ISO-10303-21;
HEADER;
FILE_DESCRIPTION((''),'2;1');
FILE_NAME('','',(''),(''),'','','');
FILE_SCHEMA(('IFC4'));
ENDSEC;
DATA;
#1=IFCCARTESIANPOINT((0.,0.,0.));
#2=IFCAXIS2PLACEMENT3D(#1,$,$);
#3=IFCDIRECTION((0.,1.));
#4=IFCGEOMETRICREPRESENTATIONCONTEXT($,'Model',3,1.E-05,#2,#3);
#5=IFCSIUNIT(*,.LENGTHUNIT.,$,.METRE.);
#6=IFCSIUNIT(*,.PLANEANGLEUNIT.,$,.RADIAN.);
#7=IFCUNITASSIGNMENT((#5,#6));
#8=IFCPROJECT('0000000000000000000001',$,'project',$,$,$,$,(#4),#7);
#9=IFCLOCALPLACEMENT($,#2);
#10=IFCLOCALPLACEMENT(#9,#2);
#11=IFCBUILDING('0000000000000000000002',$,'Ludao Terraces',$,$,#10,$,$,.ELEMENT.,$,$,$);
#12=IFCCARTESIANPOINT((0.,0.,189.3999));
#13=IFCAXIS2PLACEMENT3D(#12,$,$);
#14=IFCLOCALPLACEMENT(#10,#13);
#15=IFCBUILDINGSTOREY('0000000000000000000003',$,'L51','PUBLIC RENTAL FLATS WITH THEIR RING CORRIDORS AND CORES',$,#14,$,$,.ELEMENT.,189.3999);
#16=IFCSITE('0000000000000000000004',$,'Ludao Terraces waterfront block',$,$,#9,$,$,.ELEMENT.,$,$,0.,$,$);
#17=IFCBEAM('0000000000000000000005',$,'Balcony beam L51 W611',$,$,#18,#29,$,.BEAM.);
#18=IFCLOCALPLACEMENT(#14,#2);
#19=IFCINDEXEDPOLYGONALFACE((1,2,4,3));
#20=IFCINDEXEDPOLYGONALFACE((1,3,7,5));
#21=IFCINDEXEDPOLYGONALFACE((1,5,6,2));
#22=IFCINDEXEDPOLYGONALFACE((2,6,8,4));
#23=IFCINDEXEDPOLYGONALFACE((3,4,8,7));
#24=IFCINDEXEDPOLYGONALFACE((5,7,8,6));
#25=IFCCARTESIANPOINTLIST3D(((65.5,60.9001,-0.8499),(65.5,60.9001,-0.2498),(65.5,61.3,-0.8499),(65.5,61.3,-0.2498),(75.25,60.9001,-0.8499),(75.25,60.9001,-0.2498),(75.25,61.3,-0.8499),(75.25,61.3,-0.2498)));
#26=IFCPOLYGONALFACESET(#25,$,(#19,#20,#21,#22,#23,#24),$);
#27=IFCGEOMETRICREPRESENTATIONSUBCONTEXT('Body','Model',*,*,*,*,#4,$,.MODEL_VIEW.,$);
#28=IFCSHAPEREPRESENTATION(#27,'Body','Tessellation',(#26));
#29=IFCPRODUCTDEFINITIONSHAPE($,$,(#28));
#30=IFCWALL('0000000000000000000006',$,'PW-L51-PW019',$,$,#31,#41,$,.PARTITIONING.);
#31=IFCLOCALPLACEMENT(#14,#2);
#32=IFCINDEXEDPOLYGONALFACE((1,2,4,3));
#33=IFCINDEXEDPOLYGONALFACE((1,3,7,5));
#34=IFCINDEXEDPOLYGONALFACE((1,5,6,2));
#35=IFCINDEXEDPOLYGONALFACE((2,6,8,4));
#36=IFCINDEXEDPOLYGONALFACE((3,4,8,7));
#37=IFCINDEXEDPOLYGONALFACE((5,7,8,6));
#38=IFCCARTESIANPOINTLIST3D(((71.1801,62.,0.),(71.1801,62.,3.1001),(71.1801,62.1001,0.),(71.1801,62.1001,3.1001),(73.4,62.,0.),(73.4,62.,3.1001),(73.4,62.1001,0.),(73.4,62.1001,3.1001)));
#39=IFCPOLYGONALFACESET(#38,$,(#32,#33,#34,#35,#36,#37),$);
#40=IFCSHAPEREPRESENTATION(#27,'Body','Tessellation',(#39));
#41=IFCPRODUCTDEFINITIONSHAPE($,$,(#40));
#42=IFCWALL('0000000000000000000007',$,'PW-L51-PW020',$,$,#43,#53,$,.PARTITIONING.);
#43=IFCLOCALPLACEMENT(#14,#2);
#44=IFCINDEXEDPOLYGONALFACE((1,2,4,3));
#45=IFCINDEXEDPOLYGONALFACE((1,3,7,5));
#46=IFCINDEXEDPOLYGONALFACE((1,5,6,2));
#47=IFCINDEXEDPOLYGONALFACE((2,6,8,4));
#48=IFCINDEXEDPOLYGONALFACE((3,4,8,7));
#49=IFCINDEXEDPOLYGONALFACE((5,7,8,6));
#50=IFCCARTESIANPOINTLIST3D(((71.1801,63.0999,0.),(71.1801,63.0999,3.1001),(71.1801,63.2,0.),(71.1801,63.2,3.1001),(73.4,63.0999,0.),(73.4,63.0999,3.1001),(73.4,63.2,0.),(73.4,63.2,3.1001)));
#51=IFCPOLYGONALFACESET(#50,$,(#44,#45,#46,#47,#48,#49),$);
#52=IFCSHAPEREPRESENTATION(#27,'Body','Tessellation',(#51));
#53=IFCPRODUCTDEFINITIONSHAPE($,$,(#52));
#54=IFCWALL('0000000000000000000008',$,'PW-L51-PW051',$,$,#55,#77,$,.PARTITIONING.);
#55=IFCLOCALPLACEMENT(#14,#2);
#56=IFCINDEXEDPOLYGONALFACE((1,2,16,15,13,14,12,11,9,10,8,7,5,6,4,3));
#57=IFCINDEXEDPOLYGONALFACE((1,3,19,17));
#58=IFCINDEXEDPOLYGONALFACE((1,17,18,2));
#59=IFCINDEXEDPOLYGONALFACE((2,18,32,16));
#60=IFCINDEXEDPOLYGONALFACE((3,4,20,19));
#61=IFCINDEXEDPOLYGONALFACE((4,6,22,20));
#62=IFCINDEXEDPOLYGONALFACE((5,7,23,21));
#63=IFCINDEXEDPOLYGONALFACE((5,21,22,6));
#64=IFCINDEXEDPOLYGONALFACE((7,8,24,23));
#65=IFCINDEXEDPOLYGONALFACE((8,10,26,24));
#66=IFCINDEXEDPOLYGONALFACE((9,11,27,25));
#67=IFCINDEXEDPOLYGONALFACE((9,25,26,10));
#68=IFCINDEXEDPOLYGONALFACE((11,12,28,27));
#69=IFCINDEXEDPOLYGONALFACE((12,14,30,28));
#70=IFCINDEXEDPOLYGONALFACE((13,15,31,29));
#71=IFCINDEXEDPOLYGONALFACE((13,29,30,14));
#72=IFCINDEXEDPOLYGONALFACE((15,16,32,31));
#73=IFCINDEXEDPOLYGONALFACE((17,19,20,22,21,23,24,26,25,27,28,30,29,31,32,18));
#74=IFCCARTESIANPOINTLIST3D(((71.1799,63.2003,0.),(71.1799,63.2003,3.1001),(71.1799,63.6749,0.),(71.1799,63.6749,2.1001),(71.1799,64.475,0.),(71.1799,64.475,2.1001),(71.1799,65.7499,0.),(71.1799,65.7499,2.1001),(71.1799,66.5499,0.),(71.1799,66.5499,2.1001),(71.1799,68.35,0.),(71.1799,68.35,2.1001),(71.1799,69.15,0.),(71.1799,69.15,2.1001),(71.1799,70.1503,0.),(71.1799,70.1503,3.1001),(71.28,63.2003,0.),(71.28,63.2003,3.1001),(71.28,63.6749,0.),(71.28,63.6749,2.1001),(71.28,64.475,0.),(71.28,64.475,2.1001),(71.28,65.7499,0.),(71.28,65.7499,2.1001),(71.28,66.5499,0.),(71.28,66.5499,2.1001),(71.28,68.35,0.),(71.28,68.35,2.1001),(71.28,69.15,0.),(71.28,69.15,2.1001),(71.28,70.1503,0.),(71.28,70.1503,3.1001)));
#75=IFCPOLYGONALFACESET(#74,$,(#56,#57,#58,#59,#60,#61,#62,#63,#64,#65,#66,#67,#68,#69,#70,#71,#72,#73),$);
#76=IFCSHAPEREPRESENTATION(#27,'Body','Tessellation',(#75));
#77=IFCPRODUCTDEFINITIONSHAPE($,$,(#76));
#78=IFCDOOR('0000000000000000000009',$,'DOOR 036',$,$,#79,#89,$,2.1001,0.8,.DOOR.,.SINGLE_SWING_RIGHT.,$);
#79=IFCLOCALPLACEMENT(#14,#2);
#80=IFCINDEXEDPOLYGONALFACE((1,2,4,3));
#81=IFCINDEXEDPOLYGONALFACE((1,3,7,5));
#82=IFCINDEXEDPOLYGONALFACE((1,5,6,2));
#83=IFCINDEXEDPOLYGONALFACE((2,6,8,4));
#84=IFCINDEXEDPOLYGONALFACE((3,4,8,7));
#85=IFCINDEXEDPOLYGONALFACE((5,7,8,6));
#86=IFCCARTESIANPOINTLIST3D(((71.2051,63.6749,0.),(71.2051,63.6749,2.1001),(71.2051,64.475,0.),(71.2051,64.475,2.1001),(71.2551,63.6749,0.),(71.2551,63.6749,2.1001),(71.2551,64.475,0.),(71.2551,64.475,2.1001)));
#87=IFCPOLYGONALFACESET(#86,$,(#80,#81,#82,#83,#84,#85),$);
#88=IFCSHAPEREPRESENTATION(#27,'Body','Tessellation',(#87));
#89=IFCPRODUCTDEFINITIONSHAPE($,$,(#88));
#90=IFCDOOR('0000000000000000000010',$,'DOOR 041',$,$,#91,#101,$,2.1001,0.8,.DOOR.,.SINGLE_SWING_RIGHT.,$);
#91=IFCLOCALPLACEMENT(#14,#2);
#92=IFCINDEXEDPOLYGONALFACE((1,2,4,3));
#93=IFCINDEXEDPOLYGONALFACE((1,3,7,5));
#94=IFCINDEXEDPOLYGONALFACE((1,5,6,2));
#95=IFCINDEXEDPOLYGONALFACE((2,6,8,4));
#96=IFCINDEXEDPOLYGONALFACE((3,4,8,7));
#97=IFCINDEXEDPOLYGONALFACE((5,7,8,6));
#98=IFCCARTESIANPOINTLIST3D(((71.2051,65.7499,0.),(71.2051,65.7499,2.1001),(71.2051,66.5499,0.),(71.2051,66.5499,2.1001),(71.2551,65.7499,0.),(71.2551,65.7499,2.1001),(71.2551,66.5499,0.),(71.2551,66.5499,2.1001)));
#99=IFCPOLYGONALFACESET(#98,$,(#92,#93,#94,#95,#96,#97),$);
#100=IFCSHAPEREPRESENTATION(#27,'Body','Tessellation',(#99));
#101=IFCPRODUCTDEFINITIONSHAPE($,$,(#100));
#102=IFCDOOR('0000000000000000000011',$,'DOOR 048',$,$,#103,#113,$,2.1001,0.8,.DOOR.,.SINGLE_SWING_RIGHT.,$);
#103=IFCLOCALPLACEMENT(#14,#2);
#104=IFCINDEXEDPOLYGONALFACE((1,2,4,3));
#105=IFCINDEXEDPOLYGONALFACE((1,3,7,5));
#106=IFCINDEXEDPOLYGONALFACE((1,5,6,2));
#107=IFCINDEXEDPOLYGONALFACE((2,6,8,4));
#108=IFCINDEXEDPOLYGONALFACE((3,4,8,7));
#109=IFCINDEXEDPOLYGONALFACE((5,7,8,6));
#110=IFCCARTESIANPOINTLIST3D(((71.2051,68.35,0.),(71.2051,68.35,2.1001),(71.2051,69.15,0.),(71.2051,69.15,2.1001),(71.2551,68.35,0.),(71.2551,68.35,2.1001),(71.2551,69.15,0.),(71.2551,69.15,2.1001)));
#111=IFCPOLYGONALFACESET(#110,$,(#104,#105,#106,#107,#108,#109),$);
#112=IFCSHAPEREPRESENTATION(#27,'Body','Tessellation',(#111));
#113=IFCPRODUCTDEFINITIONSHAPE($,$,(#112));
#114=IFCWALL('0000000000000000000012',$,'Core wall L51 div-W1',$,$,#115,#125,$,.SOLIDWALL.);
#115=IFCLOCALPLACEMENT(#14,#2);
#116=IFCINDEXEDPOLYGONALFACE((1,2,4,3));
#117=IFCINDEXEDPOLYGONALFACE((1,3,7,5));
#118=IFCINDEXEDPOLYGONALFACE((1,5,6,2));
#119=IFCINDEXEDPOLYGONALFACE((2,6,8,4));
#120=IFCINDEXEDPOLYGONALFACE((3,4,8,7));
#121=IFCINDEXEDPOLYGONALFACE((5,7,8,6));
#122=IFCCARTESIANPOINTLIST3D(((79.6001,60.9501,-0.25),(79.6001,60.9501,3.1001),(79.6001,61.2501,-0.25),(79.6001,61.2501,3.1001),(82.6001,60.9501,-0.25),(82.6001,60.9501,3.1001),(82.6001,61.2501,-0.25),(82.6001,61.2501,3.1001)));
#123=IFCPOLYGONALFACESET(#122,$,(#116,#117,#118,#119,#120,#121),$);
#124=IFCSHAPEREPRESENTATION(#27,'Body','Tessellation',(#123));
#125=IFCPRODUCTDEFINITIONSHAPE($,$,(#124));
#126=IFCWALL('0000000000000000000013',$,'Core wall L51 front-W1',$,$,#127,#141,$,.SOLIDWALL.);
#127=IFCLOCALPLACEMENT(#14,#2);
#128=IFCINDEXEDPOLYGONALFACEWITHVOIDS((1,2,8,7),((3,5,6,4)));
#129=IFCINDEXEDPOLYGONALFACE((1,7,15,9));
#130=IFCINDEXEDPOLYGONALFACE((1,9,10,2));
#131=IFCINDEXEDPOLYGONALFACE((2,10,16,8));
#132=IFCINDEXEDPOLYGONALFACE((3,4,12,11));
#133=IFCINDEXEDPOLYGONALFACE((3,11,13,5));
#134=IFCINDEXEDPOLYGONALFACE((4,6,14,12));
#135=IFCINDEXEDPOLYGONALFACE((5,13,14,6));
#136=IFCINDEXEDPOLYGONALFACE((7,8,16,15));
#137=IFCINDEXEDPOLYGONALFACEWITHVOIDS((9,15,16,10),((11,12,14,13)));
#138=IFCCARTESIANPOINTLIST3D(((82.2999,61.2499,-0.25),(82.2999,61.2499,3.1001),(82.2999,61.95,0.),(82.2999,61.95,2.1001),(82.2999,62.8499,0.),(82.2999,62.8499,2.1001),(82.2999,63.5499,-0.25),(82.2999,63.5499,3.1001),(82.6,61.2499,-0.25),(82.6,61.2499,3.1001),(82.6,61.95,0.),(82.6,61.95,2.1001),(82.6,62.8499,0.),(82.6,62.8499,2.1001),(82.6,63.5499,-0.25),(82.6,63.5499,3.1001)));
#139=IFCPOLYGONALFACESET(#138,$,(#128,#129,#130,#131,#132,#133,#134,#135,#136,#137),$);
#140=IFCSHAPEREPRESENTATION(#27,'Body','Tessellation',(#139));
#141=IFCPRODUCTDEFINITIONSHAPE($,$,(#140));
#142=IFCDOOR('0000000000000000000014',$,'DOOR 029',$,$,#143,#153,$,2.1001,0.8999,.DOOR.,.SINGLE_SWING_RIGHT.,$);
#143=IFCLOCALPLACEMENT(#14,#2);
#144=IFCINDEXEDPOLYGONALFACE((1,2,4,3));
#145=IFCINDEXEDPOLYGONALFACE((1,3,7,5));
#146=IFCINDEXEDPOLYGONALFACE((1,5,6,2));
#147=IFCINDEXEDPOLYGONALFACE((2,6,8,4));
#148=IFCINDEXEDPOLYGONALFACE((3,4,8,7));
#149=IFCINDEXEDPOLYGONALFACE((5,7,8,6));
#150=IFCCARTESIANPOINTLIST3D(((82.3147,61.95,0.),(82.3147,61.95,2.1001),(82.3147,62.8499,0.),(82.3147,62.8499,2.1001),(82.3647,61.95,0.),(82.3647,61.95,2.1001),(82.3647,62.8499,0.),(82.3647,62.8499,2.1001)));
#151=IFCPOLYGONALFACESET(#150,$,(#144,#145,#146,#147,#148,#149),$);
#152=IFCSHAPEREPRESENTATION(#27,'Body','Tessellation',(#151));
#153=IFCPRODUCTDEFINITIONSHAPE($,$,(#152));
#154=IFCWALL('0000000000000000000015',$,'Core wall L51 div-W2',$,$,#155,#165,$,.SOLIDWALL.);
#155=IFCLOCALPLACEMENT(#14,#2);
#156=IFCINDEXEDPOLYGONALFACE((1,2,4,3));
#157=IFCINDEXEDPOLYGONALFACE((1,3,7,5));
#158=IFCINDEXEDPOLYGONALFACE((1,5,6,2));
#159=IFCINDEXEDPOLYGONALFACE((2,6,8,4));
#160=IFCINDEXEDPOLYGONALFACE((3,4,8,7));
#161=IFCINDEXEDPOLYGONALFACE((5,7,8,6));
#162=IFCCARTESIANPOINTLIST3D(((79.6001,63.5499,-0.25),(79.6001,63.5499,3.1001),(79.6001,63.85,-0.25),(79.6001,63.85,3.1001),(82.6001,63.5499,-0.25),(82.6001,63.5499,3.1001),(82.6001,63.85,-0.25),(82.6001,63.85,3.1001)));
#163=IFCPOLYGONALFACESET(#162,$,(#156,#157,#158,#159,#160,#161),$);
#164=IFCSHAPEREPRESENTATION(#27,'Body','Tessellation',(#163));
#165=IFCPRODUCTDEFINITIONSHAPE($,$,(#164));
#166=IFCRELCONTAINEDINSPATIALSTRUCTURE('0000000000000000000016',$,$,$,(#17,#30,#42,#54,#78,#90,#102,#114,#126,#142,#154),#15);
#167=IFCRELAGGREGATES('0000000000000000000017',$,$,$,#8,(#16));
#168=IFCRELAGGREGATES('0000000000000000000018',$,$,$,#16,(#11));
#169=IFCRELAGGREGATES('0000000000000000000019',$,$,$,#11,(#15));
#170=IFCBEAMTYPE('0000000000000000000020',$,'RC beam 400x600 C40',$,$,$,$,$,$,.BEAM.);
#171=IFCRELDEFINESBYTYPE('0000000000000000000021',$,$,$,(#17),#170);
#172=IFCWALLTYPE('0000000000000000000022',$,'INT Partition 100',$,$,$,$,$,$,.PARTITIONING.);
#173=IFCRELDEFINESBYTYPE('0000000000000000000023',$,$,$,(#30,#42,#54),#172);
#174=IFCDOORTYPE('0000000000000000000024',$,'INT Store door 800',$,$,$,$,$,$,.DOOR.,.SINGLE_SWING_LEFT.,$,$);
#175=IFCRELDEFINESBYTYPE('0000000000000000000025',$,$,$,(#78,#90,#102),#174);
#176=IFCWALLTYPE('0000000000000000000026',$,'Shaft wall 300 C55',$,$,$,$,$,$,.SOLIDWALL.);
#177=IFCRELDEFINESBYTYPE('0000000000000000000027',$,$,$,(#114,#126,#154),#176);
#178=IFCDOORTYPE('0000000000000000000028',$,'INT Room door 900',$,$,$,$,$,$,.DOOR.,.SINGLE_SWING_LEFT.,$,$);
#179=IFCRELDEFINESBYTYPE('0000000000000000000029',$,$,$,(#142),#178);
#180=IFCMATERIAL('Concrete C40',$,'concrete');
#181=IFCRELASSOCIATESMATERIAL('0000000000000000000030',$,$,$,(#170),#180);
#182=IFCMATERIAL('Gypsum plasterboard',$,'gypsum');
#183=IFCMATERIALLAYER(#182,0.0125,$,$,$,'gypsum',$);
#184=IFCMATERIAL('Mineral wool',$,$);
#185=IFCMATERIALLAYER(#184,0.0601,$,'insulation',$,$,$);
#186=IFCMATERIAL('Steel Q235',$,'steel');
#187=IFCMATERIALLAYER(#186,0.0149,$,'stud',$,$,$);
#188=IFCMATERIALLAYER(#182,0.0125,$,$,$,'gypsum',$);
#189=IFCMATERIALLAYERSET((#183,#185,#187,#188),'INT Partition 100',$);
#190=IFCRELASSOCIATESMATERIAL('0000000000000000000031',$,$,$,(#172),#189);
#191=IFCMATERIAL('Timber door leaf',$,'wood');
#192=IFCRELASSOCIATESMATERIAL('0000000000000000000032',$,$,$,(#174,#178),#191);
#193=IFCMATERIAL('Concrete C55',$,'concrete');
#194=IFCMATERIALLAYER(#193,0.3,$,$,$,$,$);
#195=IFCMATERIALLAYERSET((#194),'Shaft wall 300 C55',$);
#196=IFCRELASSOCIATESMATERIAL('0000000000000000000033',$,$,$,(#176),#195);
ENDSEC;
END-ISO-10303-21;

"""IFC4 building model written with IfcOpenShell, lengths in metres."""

from ifc_helpers import new_model, si_unit, direction, frame, frame_2d, origin, origin_2d, place, context, subcontext, project, spatial, rectangle, extrude, material, layer, layer_set, material_profile, profile_set, type_object, element, fill, save


model = new_model("IFC4")

# Units and contexts
model_context = context("Model", 3, precision=1e-05, world=origin(), true_north=direction((0.0, 1.0)))
body_context = subcontext(model_context, "Body", "Model", "MODEL_VIEW")
ifc_project = project(units=[si_unit("LENGTHUNIT", "METRE"), si_unit("PLANEANGLEUNIT", "RADIAN")], contexts=[model_context])

# Site, building, storey
site_placement = place(None, origin())
site = spatial("IfcSite", under=ifc_project, at=site_placement, Name="Ludao Terraces waterfront block", CompositionType="ELEMENT", RefElevation=0.0)
building_placement = place(site_placement, origin())
building = spatial("IfcBuilding", under=site, at=building_placement, Name="Ludao Terraces", CompositionType="ELEMENT")
storey_placement = place(building_placement, frame((0.0, 0.0, 189.3999)))
storey = spatial("IfcBuildingStorey", under=building, at=storey_placement, Name="L51", Description="PUBLIC RENTAL FLATS WITH THEIR RING CORRIDORS AND CORES", CompositionType="ELEMENT", Elevation=189.3999)

# Beam
ifc_material_1 = material(Name="Concrete C40", Category="concrete")
ifc_material_profile = material_profile(ifc_material_1, rectangle(XDim=0.3999, YDim=0.6001, at=origin_2d()), Name="400 X 600")
ifc_profile_set = profile_set([ifc_material_profile], Name="Concrete C40")
beam_type = type_object("IfcBeamType", Name="RC beam 400x600 C40", PredefinedType="BEAM", material=ifc_profile_set)
beam_placement = place(storey_placement, frame((75.25, 61.1001, -0.5498), z_axis=(-1.0, 0.0, 0.0), x_axis=(0.0, -1.0, 0.0)))
element("IfcBeam", 1, at=beam_placement, inside=storey, type_object=beam_type, Name="Balcony beam L51 W611", PredefinedType="BEAM", context=body_context, shape_type="SweptSolid", body=[
    extrude(rectangle(XDim=0.3999, YDim=0.6001, at=origin_2d()), origin(), (0.0, 0.0, 1.0), 9.75),
])

# Walls
ifc_material_2 = material(Name="Gypsum plasterboard", Category="gypsum")
ifc_layer_1 = layer(ifc_material_2, 0.0125, Category="gypsum")
ifc_material_3 = material(Name="Mineral wool")
ifc_layer_2 = layer(ifc_material_3, 0.0601, Name="insulation")
ifc_material_4 = material(Name="Steel Q235", Category="steel")
ifc_layer_3 = layer(ifc_material_4, 0.0149, Name="stud")
ifc_layer_4 = layer(ifc_material_2, 0.0125, Category="gypsum")
ifc_layer_set_1 = layer_set([ifc_layer_1, ifc_layer_2, ifc_layer_3, ifc_layer_4], Name="INT Partition 100")
wall_type_1 = type_object("IfcWallType", Name="INT Partition 100", PredefinedType="PARTITIONING", material=ifc_layer_set_1)
for number, where, z_axis, x_axis, name in (
    (2, (71.1802, 62.05, 0.0), (0.0, 0.0, 1.0), (1.0, 0.0, 0.0), "PW-L51-PW019"),
    (3, (71.1802, 63.1499, 0.0), (0.0, 0.0, 1.0), (1.0, 0.0, 0.0), "PW-L51-PW020"),
):
    element("IfcWall", number, at=place(storey_placement, frame(where, z_axis=z_axis, x_axis=x_axis)), inside=storey, type_object=wall_type_1, Name=name, PredefinedType="PARTITIONING", context=body_context, shape_type="SweptSolid", body=[
        extrude(rectangle(XDim=2.22, YDim=0.1001, at=frame_2d((1.1099, 0.0))), origin(), (0.0, 0.0, 1.0), 3.1001),
    ])

# Wall, openings, doors
wall_1_placement = place(storey_placement, frame((71.23, 63.2002, 0.0), z_axis=(0.0, 0.0, 1.0), x_axis=(0.0, 1.0, 0.0)))
wall_1 = element("IfcWall", 4, at=wall_1_placement, inside=storey, type_object=wall_type_1, Name="PW-L51-PW051", PredefinedType="PARTITIONING", context=body_context, shape_type="SweptSolid", body=[
    extrude(rectangle(XDim=6.95, YDim=0.1001, at=frame_2d((3.4751, 0.0))), origin(), (0.0, 0.0, 1.0), 3.1001),
])
opening_1_placement = place(wall_1_placement, frame((0.4749, 0.0, 0.0)))
opening_1 = element("IfcOpeningElement", 5, at=opening_1_placement, cuts=wall_1, PredefinedType="OPENING", context=body_context, shape_type="SweptSolid", body=[
    extrude(rectangle(XDim=0.8, YDim=2.1001, at=frame_2d((0.3999, 1.05))), frame((0.0, 0.0601, 0.0), z_axis=(0.0, -1.0, 0.0), x_axis=(1.0, 0.0, 0.0)), (0.0, 0.0, 1.0), 0.1201),
])
opening_2_placement = place(wall_1_placement, frame((2.5498, 0.0, 0.0)))
opening_2 = element("IfcOpeningElement", 6, at=opening_2_placement, cuts=wall_1, PredefinedType="OPENING", context=body_context, shape_type="SweptSolid", body=[
    extrude(rectangle(XDim=0.8, YDim=2.1001, at=frame_2d((0.3999, 1.05))), frame((0.0, 0.0601, 0.0), z_axis=(0.0, -1.0, 0.0), x_axis=(1.0, 0.0, 0.0)), (0.0, 0.0, 1.0), 0.1201),
])
opening_3_placement = place(wall_1_placement, frame((5.1499, 0.0, 0.0)))
opening_3 = element("IfcOpeningElement", 7, at=opening_3_placement, cuts=wall_1, PredefinedType="OPENING", context=body_context, shape_type="SweptSolid", body=[
    extrude(rectangle(XDim=0.8, YDim=2.1001, at=frame_2d((0.3999, 1.05))), frame((0.0, 0.0601, 0.0), z_axis=(0.0, -1.0, 0.0), x_axis=(1.0, 0.0, 0.0)), (0.0, 0.0, 1.0), 0.1201),
])
ifc_material_5 = material(Name="Timber door leaf", Category="wood")
door_type_1 = type_object("IfcDoorType", Name="INT Store door 800", OperationType="SINGLE_SWING_LEFT", PredefinedType="DOOR", material=ifc_material_5)
door_1_placement = place(opening_1_placement, origin())
door_1 = element("IfcDoor", 8, at=door_1_placement, inside=storey, type_object=door_type_1, Name="DOOR 036", OperationType="SINGLE_SWING_RIGHT", OverallHeight=2.1001, OverallWidth=0.8, PredefinedType="DOOR", context=body_context, shape_type="SweptSolid", body=[
    extrude(rectangle(XDim=0.8, YDim=2.1001, at=frame_2d((0.3999, 1.05))), frame((0.0, 0.0249, 0.0), z_axis=(0.0, -1.0, 0.0), x_axis=(1.0, 0.0, 0.0)), (0.0, 0.0, 1.0), 0.05),
])
fill(opening_1, door_1)
door_2_placement = place(opening_2_placement, origin())
door_2 = element("IfcDoor", 9, at=door_2_placement, inside=storey, type_object=door_type_1, Name="DOOR 041", OperationType="SINGLE_SWING_RIGHT", OverallHeight=2.1001, OverallWidth=0.8, PredefinedType="DOOR", context=body_context, shape_type="SweptSolid", body=[
    extrude(rectangle(XDim=0.8, YDim=2.1001, at=frame_2d((0.3999, 1.05))), frame((0.0, 0.0249, 0.0), z_axis=(0.0, -1.0, 0.0), x_axis=(1.0, 0.0, 0.0)), (0.0, 0.0, 1.0), 0.05),
])
fill(opening_2, door_2)
door_3_placement = place(opening_3_placement, origin())
door_3 = element("IfcDoor", 10, at=door_3_placement, inside=storey, type_object=door_type_1, Name="DOOR 048", OperationType="SINGLE_SWING_RIGHT", OverallHeight=2.1001, OverallWidth=0.8, PredefinedType="DOOR", context=body_context, shape_type="SweptSolid", body=[
    extrude(rectangle(XDim=0.8, YDim=2.1001, at=frame_2d((0.3999, 1.05))), frame((0.0, 0.0249, 0.0), z_axis=(0.0, -1.0, 0.0), x_axis=(1.0, 0.0, 0.0)), (0.0, 0.0, 1.0), 0.05),
])
fill(opening_3, door_3)

# Wall
ifc_material_6 = material(Name="Concrete C55", Category="concrete")
ifc_layer_5 = layer(ifc_material_6, 0.3)
ifc_layer_set_2 = layer_set([ifc_layer_5], Name="Shaft wall 300 C55")
wall_type_2 = type_object("IfcWallType", Name="Shaft wall 300 C55", PredefinedType="SOLIDWALL", material=ifc_layer_set_2)
wall_2_placement = place(storey_placement, frame((79.6001, 61.1001, -0.25), z_axis=(0.0, 0.0, 1.0), x_axis=(1.0, 0.0, 0.0)))
element("IfcWall", 11, at=wall_2_placement, inside=storey, type_object=wall_type_2, Name="Core wall L51 div-W1", PredefinedType="SOLIDWALL", context=body_context, shape_type="SweptSolid", body=[
    extrude(rectangle(XDim=3.0, YDim=0.3, at=frame_2d((1.5, 0.0))), origin(), (0.0, 0.0, 1.0), 3.3501),
])

# Wall, opening, door
wall_3_placement = place(storey_placement, frame((82.45, 61.25, -0.25), z_axis=(0.0, 0.0, 1.0), x_axis=(0.0, 1.0, 0.0)))
wall_3 = element("IfcWall", 12, at=wall_3_placement, inside=storey, type_object=wall_type_2, Name="Core wall L51 front-W1", PredefinedType="SOLIDWALL", context=body_context, shape_type="SweptSolid", body=[
    extrude(rectangle(XDim=2.3, YDim=0.3, at=frame_2d((1.1499, 0.0))), origin(), (0.0, 0.0, 1.0), 3.3501),
])
opening_4_placement = place(wall_3_placement, frame((0.7, 0.0, 0.25)))
opening_4 = element("IfcOpeningElement", 13, at=opening_4_placement, cuts=wall_3, PredefinedType="OPENING", context=body_context, shape_type="SweptSolid", body=[
    extrude(rectangle(XDim=0.8999, YDim=2.1001, at=frame_2d((0.45, 1.05))), frame((0.0, 0.1602, 0.0), z_axis=(0.0, -1.0, 0.0), x_axis=(1.0, 0.0, 0.0)), (0.0, 0.0, 1.0), 0.3201),
])
door_type_2 = type_object("IfcDoorType", Name="INT Room door 900", OperationType="SINGLE_SWING_LEFT", PredefinedType="DOOR", material=ifc_material_5)
door_4_placement = place(opening_4_placement, origin())
door_4 = element("IfcDoor", 14, at=door_4_placement, inside=storey, type_object=door_type_2, Name="DOOR 029", OperationType="SINGLE_SWING_RIGHT", OverallHeight=2.1001, OverallWidth=0.8999, PredefinedType="DOOR", context=body_context, shape_type="SweptSolid", body=[
    extrude(rectangle(XDim=0.8999, YDim=2.1001, at=frame_2d((0.45, 1.05))), frame((0.0, 0.1353, 0.0), z_axis=(0.0, -1.0, 0.0), x_axis=(1.0, 0.0, 0.0)), (0.0, 0.0, 1.0), 0.05),
])
fill(opening_4, door_4)

# Wall
wall_4_placement = place(storey_placement, frame((79.6001, 63.7, -0.25), z_axis=(0.0, 0.0, 1.0), x_axis=(1.0, 0.0, 0.0)))
element("IfcWall", 15, at=wall_4_placement, inside=storey, type_object=wall_type_2, Name="Core wall L51 div-W2", PredefinedType="SOLIDWALL", context=body_context, shape_type="SweptSolid", body=[
    extrude(rectangle(XDim=3.0, YDim=0.3, at=frame_2d((1.5, 0.0))), origin(), (0.0, 0.0, 1.0), 3.3501),
])

save(model, "model.ifc")
